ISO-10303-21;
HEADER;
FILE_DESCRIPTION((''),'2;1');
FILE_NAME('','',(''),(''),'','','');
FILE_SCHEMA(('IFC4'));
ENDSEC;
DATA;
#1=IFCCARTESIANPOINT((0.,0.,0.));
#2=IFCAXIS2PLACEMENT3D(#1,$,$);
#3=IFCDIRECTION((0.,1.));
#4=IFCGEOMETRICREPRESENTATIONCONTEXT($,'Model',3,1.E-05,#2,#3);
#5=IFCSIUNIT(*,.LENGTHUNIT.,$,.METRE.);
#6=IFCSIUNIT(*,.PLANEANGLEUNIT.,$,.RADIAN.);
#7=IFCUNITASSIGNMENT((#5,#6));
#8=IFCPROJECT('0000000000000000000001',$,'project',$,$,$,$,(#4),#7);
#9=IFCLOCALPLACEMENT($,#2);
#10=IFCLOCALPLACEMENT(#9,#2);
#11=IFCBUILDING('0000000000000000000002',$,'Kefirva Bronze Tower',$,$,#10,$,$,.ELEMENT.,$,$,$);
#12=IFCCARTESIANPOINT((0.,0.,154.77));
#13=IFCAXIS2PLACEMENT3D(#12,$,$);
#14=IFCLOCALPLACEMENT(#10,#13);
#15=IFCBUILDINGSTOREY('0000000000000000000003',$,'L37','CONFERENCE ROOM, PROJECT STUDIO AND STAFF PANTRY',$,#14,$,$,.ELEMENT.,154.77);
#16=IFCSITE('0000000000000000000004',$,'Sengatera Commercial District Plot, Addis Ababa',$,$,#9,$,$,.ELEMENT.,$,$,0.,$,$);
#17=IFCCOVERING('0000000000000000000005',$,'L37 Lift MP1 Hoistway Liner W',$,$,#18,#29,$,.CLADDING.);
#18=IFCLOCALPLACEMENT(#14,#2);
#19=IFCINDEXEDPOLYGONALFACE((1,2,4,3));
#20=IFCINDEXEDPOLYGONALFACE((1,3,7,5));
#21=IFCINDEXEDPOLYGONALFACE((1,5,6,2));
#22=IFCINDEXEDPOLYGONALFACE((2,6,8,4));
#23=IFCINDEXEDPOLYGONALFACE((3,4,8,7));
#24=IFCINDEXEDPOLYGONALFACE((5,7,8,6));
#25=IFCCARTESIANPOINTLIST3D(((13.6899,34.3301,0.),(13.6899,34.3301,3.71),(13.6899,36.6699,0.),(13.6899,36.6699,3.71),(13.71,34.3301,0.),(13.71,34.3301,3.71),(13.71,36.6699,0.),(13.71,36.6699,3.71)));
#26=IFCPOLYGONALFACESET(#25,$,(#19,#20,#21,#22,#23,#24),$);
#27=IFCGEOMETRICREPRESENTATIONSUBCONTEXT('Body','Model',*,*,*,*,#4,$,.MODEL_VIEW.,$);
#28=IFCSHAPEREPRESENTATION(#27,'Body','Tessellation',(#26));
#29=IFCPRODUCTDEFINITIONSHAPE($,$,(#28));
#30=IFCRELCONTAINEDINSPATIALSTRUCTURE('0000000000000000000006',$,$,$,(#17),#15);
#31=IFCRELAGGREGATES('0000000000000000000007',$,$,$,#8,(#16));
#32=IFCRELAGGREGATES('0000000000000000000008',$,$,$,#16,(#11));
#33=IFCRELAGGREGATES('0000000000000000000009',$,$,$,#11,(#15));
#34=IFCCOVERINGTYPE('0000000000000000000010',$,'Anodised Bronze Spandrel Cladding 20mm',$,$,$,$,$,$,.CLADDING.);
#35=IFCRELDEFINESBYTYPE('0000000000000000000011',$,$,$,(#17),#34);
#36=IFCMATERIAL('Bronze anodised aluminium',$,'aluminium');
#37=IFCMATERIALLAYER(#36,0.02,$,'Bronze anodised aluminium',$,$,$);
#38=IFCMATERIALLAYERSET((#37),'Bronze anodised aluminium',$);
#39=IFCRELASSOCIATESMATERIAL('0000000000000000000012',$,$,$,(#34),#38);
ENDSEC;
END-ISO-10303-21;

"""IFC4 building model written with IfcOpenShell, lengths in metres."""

from ifc_helpers import new_model, si_unit, direction, frame, origin, place, context, subcontext, project, spatial, polyline, outline, extrude, material, layer, layer_set, type_object, element, save


model = new_model("IFC4")

# Units and contexts
model_context = context("Model", 3, precision=1e-05, world=origin(), true_north=direction((0.0, 1.0)))
body_context = subcontext(model_context, "Body", "Model", "MODEL_VIEW")
ifc_project = project(units=[si_unit("LENGTHUNIT", "METRE"), si_unit("PLANEANGLEUNIT", "RADIAN")], contexts=[model_context])

# Site, building, storey
site_placement = place(None, origin())
site = spatial("IfcSite", under=ifc_project, at=site_placement, Name="Sengatera Commercial District Plot, Addis Ababa", CompositionType="ELEMENT", RefElevation=0.0)
building_placement = place(site_placement, origin())
building = spatial("IfcBuilding", under=site, at=building_placement, Name="Kefirva Bronze Tower", CompositionType="ELEMENT")
storey_placement = place(building_placement, frame((0.0, 0.0, 154.77)))
storey = spatial("IfcBuildingStorey", under=building, at=storey_placement, Name="L37", Description="CONFERENCE ROOM, PROJECT STUDIO AND STAFF PANTRY", CompositionType="ELEMENT", Elevation=154.77)

# Covering
ifc_material_1 = material(Name="Bronze anodised aluminium", Category="aluminium")
ifc_layer_1 = layer(ifc_material_1, 0.02, Name="Bronze anodised aluminium")
ifc_layer_set_1 = layer_set([ifc_layer_1], Name="Bronze anodised aluminium")
covering_type = type_object("IfcCoveringType", Name="Anodised Bronze Spandrel Cladding 20mm", PredefinedType="CLADDING", material=ifc_layer_set_1)
covering_1_placement = place(storey_placement, origin())
element("IfcCovering", 1, at=covering_1_placement, inside=storey, type_object=covering_type, Name="L37 Lift MP1 Hoistway Liner W", PredefinedType="CLADDING", context=body_context, shape_type="SweptSolid", body=[
    extrude(outline(polyline([(13.6899, 34.3301), (13.71, 34.3301), (13.71, 36.6699), (13.6899, 36.6699), (13.6899, 34.3301)])), origin(), (0.0, 0.0, 1.0), 3.71),
])

save(model, "model.ifc")
